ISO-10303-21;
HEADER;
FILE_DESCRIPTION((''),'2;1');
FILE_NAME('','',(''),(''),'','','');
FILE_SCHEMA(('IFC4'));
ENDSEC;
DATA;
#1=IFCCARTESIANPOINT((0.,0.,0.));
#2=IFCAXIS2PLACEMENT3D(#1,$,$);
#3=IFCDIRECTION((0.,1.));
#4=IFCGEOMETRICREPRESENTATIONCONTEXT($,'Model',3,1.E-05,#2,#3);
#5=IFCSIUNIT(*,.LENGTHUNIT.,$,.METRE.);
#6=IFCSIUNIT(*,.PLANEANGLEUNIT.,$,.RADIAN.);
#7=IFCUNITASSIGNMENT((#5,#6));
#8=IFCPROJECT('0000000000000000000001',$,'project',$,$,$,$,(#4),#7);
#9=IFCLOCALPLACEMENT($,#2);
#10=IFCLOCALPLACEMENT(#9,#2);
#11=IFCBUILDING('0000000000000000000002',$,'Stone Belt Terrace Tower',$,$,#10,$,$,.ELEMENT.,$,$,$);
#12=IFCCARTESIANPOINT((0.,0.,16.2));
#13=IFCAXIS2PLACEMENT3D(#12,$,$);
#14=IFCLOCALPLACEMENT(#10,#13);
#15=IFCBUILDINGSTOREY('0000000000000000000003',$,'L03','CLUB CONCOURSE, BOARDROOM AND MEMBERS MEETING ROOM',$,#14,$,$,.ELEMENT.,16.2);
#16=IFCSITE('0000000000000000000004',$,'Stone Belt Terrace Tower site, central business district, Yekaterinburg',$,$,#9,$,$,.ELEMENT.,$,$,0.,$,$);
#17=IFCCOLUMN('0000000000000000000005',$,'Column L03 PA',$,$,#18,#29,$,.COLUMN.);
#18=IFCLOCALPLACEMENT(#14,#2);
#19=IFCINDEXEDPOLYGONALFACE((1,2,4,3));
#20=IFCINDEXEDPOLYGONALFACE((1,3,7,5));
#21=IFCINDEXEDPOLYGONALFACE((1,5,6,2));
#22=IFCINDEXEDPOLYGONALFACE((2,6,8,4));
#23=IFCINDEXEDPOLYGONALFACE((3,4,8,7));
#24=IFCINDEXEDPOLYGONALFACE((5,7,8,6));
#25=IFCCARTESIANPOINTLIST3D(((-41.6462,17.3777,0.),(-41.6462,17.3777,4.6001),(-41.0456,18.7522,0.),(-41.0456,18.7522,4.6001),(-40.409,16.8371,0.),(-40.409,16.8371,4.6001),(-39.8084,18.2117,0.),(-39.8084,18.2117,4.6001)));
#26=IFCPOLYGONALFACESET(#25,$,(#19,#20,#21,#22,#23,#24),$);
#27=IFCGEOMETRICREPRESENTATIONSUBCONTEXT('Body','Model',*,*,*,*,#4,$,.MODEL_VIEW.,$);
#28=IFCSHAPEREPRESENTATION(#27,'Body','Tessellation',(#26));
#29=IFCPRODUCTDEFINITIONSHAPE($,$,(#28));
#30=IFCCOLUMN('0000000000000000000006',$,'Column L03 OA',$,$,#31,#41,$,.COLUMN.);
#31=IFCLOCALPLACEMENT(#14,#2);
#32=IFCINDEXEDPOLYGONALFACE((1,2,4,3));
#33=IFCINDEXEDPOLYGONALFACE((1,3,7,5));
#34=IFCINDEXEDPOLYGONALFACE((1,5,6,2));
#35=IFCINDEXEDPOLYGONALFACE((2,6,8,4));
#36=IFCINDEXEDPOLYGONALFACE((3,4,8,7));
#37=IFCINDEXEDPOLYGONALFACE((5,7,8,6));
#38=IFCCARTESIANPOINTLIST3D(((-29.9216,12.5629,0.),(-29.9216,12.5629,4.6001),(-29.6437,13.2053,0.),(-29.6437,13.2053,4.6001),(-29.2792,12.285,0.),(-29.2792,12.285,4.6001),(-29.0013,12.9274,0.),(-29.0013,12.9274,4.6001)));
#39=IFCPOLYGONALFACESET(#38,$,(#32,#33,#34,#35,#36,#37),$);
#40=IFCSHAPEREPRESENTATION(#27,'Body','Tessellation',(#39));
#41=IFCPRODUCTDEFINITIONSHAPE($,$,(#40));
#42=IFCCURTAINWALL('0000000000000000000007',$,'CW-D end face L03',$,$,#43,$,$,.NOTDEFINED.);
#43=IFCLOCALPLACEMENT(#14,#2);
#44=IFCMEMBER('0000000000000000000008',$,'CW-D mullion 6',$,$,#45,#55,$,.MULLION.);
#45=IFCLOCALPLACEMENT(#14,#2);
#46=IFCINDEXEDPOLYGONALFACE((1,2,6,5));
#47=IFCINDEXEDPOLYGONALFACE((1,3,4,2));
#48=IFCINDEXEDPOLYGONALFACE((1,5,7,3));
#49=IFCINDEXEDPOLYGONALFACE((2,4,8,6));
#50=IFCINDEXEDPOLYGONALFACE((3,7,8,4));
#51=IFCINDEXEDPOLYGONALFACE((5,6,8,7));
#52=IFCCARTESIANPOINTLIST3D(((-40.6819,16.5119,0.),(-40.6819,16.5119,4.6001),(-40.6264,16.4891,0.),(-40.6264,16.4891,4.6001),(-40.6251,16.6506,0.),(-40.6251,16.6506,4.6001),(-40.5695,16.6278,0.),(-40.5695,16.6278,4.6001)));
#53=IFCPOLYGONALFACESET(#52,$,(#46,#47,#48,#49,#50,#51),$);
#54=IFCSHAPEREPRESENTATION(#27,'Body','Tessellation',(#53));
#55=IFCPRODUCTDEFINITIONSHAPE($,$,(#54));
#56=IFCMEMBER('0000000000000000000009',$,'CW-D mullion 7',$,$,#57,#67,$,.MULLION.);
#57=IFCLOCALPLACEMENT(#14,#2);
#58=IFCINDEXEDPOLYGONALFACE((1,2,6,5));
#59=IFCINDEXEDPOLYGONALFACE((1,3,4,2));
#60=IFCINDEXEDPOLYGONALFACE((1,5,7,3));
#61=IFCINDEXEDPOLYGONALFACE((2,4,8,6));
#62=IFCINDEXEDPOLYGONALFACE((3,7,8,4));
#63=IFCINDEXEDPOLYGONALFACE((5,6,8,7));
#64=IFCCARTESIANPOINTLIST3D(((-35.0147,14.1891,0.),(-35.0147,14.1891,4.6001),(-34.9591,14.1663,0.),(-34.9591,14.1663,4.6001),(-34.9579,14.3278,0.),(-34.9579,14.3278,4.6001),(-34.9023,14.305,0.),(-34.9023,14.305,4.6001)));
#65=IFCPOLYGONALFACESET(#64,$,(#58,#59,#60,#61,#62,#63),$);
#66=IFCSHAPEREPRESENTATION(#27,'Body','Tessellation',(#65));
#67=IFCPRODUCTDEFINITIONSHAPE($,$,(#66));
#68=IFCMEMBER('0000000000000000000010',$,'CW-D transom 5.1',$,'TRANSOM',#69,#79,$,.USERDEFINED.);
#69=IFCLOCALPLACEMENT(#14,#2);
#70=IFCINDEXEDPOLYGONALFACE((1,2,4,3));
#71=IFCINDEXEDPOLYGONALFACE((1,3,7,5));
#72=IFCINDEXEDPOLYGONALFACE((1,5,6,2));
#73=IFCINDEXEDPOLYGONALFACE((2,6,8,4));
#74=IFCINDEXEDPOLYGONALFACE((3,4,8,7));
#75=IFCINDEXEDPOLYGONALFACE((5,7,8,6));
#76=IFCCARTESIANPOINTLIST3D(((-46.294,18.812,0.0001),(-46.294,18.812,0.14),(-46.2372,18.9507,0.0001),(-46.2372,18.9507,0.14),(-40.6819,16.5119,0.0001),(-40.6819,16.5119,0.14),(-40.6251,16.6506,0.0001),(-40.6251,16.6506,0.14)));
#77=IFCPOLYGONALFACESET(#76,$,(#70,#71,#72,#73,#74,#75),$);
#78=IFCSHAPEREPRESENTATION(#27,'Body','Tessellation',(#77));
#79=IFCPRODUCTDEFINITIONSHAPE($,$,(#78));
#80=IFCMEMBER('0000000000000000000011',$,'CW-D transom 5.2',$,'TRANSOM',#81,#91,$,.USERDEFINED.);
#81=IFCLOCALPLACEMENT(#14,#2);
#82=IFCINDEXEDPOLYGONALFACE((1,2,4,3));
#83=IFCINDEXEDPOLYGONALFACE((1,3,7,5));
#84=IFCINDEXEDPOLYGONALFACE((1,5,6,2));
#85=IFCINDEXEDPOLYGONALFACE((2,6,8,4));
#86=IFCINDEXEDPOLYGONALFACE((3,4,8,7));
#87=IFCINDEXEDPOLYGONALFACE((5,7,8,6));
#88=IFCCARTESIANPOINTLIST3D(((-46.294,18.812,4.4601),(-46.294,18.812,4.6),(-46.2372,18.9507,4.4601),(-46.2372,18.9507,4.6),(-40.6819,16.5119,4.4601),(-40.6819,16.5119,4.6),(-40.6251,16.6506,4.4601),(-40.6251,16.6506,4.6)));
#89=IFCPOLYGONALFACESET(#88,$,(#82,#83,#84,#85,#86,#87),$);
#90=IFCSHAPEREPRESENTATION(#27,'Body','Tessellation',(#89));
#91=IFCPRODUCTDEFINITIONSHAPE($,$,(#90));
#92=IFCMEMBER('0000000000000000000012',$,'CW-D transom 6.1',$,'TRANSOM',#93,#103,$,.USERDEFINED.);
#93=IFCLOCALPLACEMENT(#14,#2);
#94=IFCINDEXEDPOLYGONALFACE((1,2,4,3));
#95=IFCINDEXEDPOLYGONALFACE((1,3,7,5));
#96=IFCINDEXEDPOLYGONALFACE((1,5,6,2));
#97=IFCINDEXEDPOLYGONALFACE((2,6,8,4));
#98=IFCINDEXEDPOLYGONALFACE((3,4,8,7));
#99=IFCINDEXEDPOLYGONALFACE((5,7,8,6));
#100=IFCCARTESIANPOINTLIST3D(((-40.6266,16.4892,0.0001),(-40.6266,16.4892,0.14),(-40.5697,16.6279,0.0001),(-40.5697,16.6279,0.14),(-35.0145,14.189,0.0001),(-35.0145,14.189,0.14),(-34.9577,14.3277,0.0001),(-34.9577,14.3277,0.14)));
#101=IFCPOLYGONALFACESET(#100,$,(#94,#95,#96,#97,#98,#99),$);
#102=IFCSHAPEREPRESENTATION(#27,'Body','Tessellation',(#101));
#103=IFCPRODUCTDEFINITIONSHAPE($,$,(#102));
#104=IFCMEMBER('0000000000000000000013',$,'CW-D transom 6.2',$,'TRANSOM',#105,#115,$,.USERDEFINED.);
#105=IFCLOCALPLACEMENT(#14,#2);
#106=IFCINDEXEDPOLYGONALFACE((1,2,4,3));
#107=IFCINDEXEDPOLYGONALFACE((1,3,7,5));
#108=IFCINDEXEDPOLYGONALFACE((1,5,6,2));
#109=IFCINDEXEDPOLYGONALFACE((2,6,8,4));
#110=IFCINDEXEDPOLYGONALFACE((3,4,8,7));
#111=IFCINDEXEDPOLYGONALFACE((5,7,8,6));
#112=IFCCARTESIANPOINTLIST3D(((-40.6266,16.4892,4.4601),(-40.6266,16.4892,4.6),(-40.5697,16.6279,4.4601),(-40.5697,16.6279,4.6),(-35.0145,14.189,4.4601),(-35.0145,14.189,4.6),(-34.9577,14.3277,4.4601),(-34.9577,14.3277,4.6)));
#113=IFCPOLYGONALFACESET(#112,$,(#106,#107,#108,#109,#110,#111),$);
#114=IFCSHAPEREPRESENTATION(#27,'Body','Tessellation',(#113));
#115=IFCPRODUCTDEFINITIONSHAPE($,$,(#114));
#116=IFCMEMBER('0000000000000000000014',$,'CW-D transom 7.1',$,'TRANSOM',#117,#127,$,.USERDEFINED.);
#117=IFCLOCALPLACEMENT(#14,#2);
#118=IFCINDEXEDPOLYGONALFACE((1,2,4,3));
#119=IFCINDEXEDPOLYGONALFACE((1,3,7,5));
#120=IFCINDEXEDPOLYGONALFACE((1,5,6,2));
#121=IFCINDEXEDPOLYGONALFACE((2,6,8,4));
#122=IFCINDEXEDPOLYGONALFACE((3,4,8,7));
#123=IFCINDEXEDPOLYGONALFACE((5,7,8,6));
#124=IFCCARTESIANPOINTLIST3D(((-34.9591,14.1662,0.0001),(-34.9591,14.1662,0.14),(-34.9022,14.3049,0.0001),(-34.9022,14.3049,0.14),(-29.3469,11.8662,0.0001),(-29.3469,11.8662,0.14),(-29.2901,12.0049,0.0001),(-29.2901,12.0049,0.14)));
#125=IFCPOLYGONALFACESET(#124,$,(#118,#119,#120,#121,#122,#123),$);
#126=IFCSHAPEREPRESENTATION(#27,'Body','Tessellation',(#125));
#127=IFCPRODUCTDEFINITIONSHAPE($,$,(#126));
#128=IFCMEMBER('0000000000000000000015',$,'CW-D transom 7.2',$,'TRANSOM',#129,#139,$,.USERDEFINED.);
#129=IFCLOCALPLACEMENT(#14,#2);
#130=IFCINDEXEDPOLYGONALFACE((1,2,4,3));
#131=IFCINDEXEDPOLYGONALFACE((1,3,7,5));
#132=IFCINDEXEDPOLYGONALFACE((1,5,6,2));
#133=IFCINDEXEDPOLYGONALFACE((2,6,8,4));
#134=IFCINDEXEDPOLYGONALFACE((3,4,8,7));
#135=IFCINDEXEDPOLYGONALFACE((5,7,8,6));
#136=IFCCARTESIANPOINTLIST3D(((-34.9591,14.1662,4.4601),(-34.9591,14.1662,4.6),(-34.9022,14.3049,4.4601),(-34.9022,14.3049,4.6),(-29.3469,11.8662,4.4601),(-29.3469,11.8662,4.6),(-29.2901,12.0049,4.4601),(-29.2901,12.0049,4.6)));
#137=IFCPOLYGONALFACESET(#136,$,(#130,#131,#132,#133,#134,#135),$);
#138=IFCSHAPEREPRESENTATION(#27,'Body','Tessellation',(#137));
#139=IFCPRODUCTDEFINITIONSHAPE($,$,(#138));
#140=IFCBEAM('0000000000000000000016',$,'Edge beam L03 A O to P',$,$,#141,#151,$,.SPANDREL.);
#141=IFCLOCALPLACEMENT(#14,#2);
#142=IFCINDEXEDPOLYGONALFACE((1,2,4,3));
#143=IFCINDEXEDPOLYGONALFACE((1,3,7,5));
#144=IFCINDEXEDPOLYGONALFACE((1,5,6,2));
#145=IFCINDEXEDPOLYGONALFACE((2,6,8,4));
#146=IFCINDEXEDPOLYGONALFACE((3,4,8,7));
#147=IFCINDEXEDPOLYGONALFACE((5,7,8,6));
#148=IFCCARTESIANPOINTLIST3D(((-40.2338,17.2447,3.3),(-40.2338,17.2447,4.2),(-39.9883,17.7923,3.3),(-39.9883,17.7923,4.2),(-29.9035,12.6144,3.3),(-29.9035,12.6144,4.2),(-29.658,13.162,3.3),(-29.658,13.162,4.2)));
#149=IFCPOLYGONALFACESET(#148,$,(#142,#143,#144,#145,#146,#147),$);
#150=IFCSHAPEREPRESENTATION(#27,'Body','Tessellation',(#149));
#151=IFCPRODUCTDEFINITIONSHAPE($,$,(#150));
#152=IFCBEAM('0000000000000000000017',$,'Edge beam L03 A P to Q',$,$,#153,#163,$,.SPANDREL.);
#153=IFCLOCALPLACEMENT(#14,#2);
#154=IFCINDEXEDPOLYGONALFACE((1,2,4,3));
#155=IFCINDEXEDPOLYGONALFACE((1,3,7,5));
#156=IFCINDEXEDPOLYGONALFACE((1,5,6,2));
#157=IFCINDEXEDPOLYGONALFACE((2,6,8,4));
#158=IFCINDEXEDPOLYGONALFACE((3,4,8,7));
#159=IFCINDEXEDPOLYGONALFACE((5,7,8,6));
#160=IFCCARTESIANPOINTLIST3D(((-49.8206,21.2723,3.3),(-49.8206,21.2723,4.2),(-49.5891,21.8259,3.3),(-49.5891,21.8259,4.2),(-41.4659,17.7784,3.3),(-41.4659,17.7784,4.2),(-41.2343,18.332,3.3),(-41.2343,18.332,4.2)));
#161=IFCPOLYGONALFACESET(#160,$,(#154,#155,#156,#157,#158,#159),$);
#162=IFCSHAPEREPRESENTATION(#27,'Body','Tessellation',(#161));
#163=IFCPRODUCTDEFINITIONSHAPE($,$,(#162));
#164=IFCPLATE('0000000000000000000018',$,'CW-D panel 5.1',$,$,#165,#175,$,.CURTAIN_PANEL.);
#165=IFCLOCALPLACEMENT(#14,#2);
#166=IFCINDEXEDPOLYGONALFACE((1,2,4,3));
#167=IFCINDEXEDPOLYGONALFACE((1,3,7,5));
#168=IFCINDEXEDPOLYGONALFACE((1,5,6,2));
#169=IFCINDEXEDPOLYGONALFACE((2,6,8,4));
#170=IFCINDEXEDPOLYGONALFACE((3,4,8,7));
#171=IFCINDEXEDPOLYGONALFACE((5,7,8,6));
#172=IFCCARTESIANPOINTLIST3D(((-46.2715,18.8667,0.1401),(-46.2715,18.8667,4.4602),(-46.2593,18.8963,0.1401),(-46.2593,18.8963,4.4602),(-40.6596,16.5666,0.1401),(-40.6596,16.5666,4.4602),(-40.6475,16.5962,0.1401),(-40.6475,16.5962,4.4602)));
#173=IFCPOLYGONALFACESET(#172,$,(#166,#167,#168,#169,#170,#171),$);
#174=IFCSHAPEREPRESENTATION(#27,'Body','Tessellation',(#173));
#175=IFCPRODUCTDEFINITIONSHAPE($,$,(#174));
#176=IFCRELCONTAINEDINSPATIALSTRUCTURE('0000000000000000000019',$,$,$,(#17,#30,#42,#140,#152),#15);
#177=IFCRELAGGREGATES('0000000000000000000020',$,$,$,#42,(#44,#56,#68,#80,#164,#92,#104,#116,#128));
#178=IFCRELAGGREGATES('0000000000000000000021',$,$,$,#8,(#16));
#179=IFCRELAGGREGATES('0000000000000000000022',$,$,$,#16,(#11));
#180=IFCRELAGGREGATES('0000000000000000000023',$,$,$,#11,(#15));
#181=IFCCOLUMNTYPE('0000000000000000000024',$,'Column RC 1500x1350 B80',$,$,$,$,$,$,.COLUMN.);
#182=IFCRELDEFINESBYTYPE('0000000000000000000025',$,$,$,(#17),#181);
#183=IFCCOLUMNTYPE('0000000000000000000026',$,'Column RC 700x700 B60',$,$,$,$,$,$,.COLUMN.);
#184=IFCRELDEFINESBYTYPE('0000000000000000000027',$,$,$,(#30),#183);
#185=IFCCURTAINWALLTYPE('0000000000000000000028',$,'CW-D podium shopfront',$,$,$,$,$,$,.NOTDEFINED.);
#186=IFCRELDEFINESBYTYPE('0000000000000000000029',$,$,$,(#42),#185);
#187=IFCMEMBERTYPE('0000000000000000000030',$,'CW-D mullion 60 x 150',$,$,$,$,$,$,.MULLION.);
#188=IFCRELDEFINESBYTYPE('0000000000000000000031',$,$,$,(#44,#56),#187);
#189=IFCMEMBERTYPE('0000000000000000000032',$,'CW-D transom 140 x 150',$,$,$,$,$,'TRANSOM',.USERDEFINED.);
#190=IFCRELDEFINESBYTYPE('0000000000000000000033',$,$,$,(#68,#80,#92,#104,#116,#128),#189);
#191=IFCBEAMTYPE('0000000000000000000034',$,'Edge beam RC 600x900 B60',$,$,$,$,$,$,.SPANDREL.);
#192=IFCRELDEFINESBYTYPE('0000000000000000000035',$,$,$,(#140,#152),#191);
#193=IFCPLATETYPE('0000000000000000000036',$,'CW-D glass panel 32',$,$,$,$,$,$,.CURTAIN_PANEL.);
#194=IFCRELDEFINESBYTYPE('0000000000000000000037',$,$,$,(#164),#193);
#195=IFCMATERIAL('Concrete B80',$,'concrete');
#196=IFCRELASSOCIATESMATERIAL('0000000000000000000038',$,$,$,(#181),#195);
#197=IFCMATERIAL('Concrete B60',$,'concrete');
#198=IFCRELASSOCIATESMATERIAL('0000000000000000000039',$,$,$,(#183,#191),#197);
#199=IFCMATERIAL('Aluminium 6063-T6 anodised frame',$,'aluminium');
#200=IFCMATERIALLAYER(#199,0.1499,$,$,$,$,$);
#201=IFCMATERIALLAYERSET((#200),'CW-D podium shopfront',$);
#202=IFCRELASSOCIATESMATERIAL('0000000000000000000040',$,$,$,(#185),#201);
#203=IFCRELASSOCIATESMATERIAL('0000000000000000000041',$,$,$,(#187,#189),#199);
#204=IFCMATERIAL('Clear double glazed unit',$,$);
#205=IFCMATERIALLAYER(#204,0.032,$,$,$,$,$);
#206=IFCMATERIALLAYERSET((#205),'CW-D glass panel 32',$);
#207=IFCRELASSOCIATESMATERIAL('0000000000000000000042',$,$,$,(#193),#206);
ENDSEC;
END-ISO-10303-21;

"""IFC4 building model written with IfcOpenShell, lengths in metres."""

from ifc_helpers import new_model, si_unit, direction, frame, origin, origin_2d, place, context, subcontext, project, spatial, rectangle, extrude, material, layer, layer_set, material_profile, profile_set, type_object, element, aggregate, save


model = new_model("IFC4")

# Units and contexts
model_context = context("Model", 3, precision=1e-05, world=origin(), true_north=direction((0.0, 1.0)))
body_context = subcontext(model_context, "Body", "Model", "MODEL_VIEW")
ifc_project = project(units=[si_unit("LENGTHUNIT", "METRE"), si_unit("PLANEANGLEUNIT", "RADIAN")], contexts=[model_context])

# Site, building, storey
site_placement = place(None, origin())
site = spatial("IfcSite", under=ifc_project, at=site_placement, Name="Stone Belt Terrace Tower site, central business district, Yekaterinburg", CompositionType="ELEMENT", RefElevation=0.0)
building_placement = place(site_placement, origin())
building = spatial("IfcBuilding", under=site, at=building_placement, Name="Stone Belt Terrace Tower", CompositionType="ELEMENT")
storey_placement = place(building_placement, frame((0.0, 0.0, 16.2)))
storey = spatial("IfcBuildingStorey", under=building, at=storey_placement, Name="L03", Description="CLUB CONCOURSE, BOARDROOM AND MEMBERS MEETING ROOM", CompositionType="ELEMENT", Elevation=16.2)

# Columns
ifc_material_1 = material(Name="Concrete B80", Category="concrete")
ifc_material_profile_1 = material_profile(ifc_material_1, rectangle(XDim=1.5, YDim=1.3501, at=origin_2d()), Name="RC 1500x1350")
ifc_profile_set_1 = profile_set([ifc_material_profile_1], Name="Concrete B80")
column_type_1 = type_object("IfcColumnType", Name="Column RC 1500x1350 B80", PredefinedType="COLUMN", material=ifc_profile_set_1)
column_1_placement = place(storey_placement, frame((-40.7273, 17.7947, 0.0), z_axis=(0.0, 0.0, 1.0), x_axis=(0.400376, 0.916351, 0.0)))
element("IfcColumn", 1, at=column_1_placement, inside=storey, type_object=column_type_1, Name="Column L03 PA", PredefinedType="COLUMN", context=body_context, shape_type="SweptSolid", body=[
    extrude(rectangle(XDim=1.5, YDim=1.3501, at=origin_2d()), origin(), (0.0, 0.0, 1.0), 4.6001),
])
ifc_material_2 = material(Name="Concrete B60", Category="concrete")
ifc_material_profile_2 = material_profile(ifc_material_2, rectangle(XDim=0.7, YDim=0.7, at=origin_2d()), Name="RC 700x700")
ifc_profile_set_2 = profile_set([ifc_material_profile_2], Name="Concrete B60")
column_type_2 = type_object("IfcColumnType", Name="Column RC 700x700 B60", PredefinedType="COLUMN", material=ifc_profile_set_2)
column_2_placement = place(storey_placement, frame((-29.4614, 12.7451, 0.0), z_axis=(0.0, 0.0, 1.0), x_axis=(0.397044, 0.9178, 0.0)))
element("IfcColumn", 2, at=column_2_placement, inside=storey, type_object=column_type_2, Name="Column L03 OA", PredefinedType="COLUMN", context=body_context, shape_type="SweptSolid", body=[
    extrude(rectangle(XDim=0.7, YDim=0.7, at=origin_2d()), origin(), (0.0, 0.0, 1.0), 4.6001),
])

# Curtain wall, members
ifc_material_3 = material(Name="Aluminium 6063-T6 anodised frame", Category="aluminium")
ifc_layer_1 = layer(ifc_material_3, 0.1499)
ifc_layer_set_1 = layer_set([ifc_layer_1], Name="CW-D podium shopfront")
curtain_wall_type = type_object("IfcCurtainWallType", Name="CW-D podium shopfront", PredefinedType="NOTDEFINED", material=ifc_layer_set_1)
curtain_wall_placement = place(storey_placement, origin())
curtain_wall = element("IfcCurtainWall", 3, at=curtain_wall_placement, inside=storey, type_object=curtain_wall_type, Name="CW-D end face L03", PredefinedType="NOTDEFINED")
ifc_material_profile_3 = material_profile(ifc_material_3, rectangle(XDim=0.1499, YDim=0.0601, at=origin_2d()), Name="Aluminium 6063-T6 60x150")
ifc_profile_set_3 = profile_set([ifc_material_profile_3], Name="Aluminium 6063-T6 anodised frame")
member_type_1 = type_object("IfcMemberType", Name="CW-D mullion 60 x 150", PredefinedType="MULLION", material=ifc_profile_set_3)
member_1_placement = place(storey_placement, frame((-40.6257, 16.5698, 0.0), z_axis=(0.0, 0.0, 1.0), x_axis=(0.379243, 0.925297, 0.0)))
member_1 = element("IfcMember", 4, at=member_1_placement, type_object=member_type_1, Name="CW-D mullion 6", PredefinedType="MULLION", context=body_context, shape_type="SweptSolid", body=[
    extrude(rectangle(XDim=0.1499, YDim=0.0601, at=origin_2d()), origin(), (0.0, 0.0, 1.0), 4.6001),
])
member_2_placement = place(storey_placement, frame((-34.9585, 14.2471, 0.0), z_axis=(0.0, 0.0, 1.0), x_axis=(0.379243, 0.925297, 0.0)))
member_2 = element("IfcMember", 5, at=member_2_placement, type_object=member_type_1, Name="CW-D mullion 7", PredefinedType="MULLION", context=body_context, shape_type="SweptSolid", body=[
    extrude(rectangle(XDim=0.1499, YDim=0.0601, at=origin_2d()), origin(), (0.0, 0.0, 1.0), 4.6001),
])
ifc_material_profile_4 = material_profile(ifc_material_3, rectangle(XDim=0.1499, YDim=0.1399, at=origin_2d()), Name="Aluminium 6063-T6 150x140")
ifc_profile_set_4 = profile_set([ifc_material_profile_4], Name="Aluminium 6063-T6 anodised frame")
member_type_2 = type_object("IfcMemberType", Name="CW-D transom 140 x 150", ElementType="TRANSOM", PredefinedType="USERDEFINED", material=ifc_profile_set_4)
member_3_placement = place(storey_placement, frame((-46.2656, 18.8813, 0.0701), z_axis=(0.925304, -0.379227, 0.0), x_axis=(0.379227, 0.925304, 0.0)))
member_3 = element("IfcMember", 6, at=member_3_placement, type_object=member_type_2, Name="CW-D transom 5.1", ObjectType="TRANSOM", PredefinedType="USERDEFINED", context=body_context, shape_type="SweptSolid", body=[
    extrude(rectangle(XDim=0.1499, YDim=0.1399, at=origin_2d()), origin(), (0.0, 0.0, 1.0), 6.0652),
])
member_4_placement = place(storey_placement, frame((-46.2656, 18.8813, 4.53), z_axis=(0.925304, -0.379227, 0.0), x_axis=(0.379227, 0.925304, 0.0)))
member_4 = element("IfcMember", 7, at=member_4_placement, type_object=member_type_2, Name="CW-D transom 5.2", ObjectType="TRANSOM", PredefinedType="USERDEFINED", context=body_context, shape_type="SweptSolid", body=[
    extrude(rectangle(XDim=0.1499, YDim=0.1399, at=origin_2d()), origin(), (0.0, 0.0, 1.0), 6.0652),
])
member_5_placement = place(storey_placement, frame((-40.5981, 16.5586, 0.0701), z_axis=(0.92529, -0.379261, 0.0), x_axis=(0.379261, 0.92529, 0.0)))
member_5 = element("IfcMember", 8, at=member_5_placement, type_object=member_type_2, Name="CW-D transom 6.1", ObjectType="TRANSOM", PredefinedType="USERDEFINED", context=body_context, shape_type="SweptSolid", body=[
    extrude(rectangle(XDim=0.1499, YDim=0.1399, at=origin_2d()), origin(), (0.0, 0.0, 1.0), 6.0652),
])
member_6_placement = place(storey_placement, frame((-40.5981, 16.5586, 4.53), z_axis=(0.92529, -0.379261, 0.0), x_axis=(0.379261, 0.92529, 0.0)))
member_6 = element("IfcMember", 9, at=member_6_placement, type_object=member_type_2, Name="CW-D transom 6.2", ObjectType="TRANSOM", PredefinedType="USERDEFINED", context=body_context, shape_type="SweptSolid", body=[
    extrude(rectangle(XDim=0.1499, YDim=0.1399, at=origin_2d()), origin(), (0.0, 0.0, 1.0), 6.0652),
])
member_7_placement = place(storey_placement, frame((-34.9307, 14.2356, 0.0701), z_axis=(0.925304, -0.379227, 0.0), x_axis=(0.379227, 0.925304, 0.0)))
member_7 = element("IfcMember", 10, at=member_7_placement, type_object=member_type_2, Name="CW-D transom 7.1", ObjectType="TRANSOM", PredefinedType="USERDEFINED", context=body_context, shape_type="SweptSolid", body=[
    extrude(rectangle(XDim=0.1499, YDim=0.1399, at=origin_2d()), origin(), (0.0, 0.0, 1.0), 6.0652),
])
member_8_placement = place(storey_placement, frame((-34.9307, 14.2356, 4.53), z_axis=(0.925304, -0.379227, 0.0), x_axis=(0.379227, 0.925304, 0.0)))
member_8 = element("IfcMember", 11, at=member_8_placement, type_object=member_type_2, Name="CW-D transom 7.2", ObjectType="TRANSOM", PredefinedType="USERDEFINED", context=body_context, shape_type="SweptSolid", body=[
    extrude(rectangle(XDim=0.1499, YDim=0.1399, at=origin_2d()), origin(), (0.0, 0.0, 1.0), 6.0652),
])

# Beams
ifc_material_profile_5 = material_profile(ifc_material_2, rectangle(XDim=0.6001, YDim=0.8999, at=origin_2d()), Name="RC 600x900")
ifc_profile_set_5 = profile_set([ifc_material_profile_5], Name="Concrete B60")
beam_type = type_object("IfcBeamType", Name="Edge beam RC 600x900 B60", PredefinedType="SPANDREL", material=ifc_profile_set_5)
beam_1_placement = place(storey_placement, frame((-29.7808, 12.8882, 3.75), z_axis=(-0.912525, 0.409022, 0.0), x_axis=(-0.409022, -0.912525, 0.0)))
element("IfcBeam", 12, at=beam_1_placement, inside=storey, type_object=beam_type, Name="Edge beam L03 A O to P", PredefinedType="SPANDREL", context=body_context, shape_type="SweptSolid", body=[
    extrude(rectangle(XDim=0.6001, YDim=0.8999, at=origin_2d()), origin(), (0.0, 0.0, 1.0), 11.3206),
])
beam_2_placement = place(storey_placement, frame((-41.3501, 18.0552, 3.75), z_axis=(-0.922576, 0.385815, 0.0), x_axis=(-0.385815, -0.922576, 0.0)))
element("IfcBeam", 13, at=beam_2_placement, inside=storey, type_object=beam_type, Name="Edge beam L03 A P to Q", PredefinedType="SPANDREL", context=body_context, shape_type="SweptSolid", body=[
    extrude(rectangle(XDim=0.6001, YDim=0.8999, at=origin_2d()), origin(), (0.0, 0.0, 1.0), 9.0559),
])

# Plate
ifc_material_4 = material(Name="Clear double glazed unit")
ifc_layer_2 = layer(ifc_material_4, 0.032)
ifc_layer_set_2 = layer_set([ifc_layer_2], Name="CW-D glass panel 32")
plate_type = type_object("IfcPlateType", Name="CW-D glass panel 32", PredefinedType="CURTAIN_PANEL", material=ifc_layer_set_2)
plate_1_placement = place(storey_placement, frame((-43.4595, 17.7314, 0.1401), z_axis=(0.0, 0.0, 1.0), x_axis=(0.925297, -0.379243, 0.0)))
plate_1 = element("IfcPlate", 14, at=plate_1_placement, type_object=plate_type, Name="CW-D panel 5.1", PredefinedType="CURTAIN_PANEL", context=body_context, shape_type="SweptSolid", body=[
    extrude(rectangle(XDim=6.0649, YDim=0.032, at=origin_2d()), origin(), (0.0, 0.0, 1.0), 4.3201),
])
aggregate(curtain_wall, [member_1, member_2, member_3, member_4, plate_1, member_5, member_6, member_7, member_8])

save(model, "model.ifc")
